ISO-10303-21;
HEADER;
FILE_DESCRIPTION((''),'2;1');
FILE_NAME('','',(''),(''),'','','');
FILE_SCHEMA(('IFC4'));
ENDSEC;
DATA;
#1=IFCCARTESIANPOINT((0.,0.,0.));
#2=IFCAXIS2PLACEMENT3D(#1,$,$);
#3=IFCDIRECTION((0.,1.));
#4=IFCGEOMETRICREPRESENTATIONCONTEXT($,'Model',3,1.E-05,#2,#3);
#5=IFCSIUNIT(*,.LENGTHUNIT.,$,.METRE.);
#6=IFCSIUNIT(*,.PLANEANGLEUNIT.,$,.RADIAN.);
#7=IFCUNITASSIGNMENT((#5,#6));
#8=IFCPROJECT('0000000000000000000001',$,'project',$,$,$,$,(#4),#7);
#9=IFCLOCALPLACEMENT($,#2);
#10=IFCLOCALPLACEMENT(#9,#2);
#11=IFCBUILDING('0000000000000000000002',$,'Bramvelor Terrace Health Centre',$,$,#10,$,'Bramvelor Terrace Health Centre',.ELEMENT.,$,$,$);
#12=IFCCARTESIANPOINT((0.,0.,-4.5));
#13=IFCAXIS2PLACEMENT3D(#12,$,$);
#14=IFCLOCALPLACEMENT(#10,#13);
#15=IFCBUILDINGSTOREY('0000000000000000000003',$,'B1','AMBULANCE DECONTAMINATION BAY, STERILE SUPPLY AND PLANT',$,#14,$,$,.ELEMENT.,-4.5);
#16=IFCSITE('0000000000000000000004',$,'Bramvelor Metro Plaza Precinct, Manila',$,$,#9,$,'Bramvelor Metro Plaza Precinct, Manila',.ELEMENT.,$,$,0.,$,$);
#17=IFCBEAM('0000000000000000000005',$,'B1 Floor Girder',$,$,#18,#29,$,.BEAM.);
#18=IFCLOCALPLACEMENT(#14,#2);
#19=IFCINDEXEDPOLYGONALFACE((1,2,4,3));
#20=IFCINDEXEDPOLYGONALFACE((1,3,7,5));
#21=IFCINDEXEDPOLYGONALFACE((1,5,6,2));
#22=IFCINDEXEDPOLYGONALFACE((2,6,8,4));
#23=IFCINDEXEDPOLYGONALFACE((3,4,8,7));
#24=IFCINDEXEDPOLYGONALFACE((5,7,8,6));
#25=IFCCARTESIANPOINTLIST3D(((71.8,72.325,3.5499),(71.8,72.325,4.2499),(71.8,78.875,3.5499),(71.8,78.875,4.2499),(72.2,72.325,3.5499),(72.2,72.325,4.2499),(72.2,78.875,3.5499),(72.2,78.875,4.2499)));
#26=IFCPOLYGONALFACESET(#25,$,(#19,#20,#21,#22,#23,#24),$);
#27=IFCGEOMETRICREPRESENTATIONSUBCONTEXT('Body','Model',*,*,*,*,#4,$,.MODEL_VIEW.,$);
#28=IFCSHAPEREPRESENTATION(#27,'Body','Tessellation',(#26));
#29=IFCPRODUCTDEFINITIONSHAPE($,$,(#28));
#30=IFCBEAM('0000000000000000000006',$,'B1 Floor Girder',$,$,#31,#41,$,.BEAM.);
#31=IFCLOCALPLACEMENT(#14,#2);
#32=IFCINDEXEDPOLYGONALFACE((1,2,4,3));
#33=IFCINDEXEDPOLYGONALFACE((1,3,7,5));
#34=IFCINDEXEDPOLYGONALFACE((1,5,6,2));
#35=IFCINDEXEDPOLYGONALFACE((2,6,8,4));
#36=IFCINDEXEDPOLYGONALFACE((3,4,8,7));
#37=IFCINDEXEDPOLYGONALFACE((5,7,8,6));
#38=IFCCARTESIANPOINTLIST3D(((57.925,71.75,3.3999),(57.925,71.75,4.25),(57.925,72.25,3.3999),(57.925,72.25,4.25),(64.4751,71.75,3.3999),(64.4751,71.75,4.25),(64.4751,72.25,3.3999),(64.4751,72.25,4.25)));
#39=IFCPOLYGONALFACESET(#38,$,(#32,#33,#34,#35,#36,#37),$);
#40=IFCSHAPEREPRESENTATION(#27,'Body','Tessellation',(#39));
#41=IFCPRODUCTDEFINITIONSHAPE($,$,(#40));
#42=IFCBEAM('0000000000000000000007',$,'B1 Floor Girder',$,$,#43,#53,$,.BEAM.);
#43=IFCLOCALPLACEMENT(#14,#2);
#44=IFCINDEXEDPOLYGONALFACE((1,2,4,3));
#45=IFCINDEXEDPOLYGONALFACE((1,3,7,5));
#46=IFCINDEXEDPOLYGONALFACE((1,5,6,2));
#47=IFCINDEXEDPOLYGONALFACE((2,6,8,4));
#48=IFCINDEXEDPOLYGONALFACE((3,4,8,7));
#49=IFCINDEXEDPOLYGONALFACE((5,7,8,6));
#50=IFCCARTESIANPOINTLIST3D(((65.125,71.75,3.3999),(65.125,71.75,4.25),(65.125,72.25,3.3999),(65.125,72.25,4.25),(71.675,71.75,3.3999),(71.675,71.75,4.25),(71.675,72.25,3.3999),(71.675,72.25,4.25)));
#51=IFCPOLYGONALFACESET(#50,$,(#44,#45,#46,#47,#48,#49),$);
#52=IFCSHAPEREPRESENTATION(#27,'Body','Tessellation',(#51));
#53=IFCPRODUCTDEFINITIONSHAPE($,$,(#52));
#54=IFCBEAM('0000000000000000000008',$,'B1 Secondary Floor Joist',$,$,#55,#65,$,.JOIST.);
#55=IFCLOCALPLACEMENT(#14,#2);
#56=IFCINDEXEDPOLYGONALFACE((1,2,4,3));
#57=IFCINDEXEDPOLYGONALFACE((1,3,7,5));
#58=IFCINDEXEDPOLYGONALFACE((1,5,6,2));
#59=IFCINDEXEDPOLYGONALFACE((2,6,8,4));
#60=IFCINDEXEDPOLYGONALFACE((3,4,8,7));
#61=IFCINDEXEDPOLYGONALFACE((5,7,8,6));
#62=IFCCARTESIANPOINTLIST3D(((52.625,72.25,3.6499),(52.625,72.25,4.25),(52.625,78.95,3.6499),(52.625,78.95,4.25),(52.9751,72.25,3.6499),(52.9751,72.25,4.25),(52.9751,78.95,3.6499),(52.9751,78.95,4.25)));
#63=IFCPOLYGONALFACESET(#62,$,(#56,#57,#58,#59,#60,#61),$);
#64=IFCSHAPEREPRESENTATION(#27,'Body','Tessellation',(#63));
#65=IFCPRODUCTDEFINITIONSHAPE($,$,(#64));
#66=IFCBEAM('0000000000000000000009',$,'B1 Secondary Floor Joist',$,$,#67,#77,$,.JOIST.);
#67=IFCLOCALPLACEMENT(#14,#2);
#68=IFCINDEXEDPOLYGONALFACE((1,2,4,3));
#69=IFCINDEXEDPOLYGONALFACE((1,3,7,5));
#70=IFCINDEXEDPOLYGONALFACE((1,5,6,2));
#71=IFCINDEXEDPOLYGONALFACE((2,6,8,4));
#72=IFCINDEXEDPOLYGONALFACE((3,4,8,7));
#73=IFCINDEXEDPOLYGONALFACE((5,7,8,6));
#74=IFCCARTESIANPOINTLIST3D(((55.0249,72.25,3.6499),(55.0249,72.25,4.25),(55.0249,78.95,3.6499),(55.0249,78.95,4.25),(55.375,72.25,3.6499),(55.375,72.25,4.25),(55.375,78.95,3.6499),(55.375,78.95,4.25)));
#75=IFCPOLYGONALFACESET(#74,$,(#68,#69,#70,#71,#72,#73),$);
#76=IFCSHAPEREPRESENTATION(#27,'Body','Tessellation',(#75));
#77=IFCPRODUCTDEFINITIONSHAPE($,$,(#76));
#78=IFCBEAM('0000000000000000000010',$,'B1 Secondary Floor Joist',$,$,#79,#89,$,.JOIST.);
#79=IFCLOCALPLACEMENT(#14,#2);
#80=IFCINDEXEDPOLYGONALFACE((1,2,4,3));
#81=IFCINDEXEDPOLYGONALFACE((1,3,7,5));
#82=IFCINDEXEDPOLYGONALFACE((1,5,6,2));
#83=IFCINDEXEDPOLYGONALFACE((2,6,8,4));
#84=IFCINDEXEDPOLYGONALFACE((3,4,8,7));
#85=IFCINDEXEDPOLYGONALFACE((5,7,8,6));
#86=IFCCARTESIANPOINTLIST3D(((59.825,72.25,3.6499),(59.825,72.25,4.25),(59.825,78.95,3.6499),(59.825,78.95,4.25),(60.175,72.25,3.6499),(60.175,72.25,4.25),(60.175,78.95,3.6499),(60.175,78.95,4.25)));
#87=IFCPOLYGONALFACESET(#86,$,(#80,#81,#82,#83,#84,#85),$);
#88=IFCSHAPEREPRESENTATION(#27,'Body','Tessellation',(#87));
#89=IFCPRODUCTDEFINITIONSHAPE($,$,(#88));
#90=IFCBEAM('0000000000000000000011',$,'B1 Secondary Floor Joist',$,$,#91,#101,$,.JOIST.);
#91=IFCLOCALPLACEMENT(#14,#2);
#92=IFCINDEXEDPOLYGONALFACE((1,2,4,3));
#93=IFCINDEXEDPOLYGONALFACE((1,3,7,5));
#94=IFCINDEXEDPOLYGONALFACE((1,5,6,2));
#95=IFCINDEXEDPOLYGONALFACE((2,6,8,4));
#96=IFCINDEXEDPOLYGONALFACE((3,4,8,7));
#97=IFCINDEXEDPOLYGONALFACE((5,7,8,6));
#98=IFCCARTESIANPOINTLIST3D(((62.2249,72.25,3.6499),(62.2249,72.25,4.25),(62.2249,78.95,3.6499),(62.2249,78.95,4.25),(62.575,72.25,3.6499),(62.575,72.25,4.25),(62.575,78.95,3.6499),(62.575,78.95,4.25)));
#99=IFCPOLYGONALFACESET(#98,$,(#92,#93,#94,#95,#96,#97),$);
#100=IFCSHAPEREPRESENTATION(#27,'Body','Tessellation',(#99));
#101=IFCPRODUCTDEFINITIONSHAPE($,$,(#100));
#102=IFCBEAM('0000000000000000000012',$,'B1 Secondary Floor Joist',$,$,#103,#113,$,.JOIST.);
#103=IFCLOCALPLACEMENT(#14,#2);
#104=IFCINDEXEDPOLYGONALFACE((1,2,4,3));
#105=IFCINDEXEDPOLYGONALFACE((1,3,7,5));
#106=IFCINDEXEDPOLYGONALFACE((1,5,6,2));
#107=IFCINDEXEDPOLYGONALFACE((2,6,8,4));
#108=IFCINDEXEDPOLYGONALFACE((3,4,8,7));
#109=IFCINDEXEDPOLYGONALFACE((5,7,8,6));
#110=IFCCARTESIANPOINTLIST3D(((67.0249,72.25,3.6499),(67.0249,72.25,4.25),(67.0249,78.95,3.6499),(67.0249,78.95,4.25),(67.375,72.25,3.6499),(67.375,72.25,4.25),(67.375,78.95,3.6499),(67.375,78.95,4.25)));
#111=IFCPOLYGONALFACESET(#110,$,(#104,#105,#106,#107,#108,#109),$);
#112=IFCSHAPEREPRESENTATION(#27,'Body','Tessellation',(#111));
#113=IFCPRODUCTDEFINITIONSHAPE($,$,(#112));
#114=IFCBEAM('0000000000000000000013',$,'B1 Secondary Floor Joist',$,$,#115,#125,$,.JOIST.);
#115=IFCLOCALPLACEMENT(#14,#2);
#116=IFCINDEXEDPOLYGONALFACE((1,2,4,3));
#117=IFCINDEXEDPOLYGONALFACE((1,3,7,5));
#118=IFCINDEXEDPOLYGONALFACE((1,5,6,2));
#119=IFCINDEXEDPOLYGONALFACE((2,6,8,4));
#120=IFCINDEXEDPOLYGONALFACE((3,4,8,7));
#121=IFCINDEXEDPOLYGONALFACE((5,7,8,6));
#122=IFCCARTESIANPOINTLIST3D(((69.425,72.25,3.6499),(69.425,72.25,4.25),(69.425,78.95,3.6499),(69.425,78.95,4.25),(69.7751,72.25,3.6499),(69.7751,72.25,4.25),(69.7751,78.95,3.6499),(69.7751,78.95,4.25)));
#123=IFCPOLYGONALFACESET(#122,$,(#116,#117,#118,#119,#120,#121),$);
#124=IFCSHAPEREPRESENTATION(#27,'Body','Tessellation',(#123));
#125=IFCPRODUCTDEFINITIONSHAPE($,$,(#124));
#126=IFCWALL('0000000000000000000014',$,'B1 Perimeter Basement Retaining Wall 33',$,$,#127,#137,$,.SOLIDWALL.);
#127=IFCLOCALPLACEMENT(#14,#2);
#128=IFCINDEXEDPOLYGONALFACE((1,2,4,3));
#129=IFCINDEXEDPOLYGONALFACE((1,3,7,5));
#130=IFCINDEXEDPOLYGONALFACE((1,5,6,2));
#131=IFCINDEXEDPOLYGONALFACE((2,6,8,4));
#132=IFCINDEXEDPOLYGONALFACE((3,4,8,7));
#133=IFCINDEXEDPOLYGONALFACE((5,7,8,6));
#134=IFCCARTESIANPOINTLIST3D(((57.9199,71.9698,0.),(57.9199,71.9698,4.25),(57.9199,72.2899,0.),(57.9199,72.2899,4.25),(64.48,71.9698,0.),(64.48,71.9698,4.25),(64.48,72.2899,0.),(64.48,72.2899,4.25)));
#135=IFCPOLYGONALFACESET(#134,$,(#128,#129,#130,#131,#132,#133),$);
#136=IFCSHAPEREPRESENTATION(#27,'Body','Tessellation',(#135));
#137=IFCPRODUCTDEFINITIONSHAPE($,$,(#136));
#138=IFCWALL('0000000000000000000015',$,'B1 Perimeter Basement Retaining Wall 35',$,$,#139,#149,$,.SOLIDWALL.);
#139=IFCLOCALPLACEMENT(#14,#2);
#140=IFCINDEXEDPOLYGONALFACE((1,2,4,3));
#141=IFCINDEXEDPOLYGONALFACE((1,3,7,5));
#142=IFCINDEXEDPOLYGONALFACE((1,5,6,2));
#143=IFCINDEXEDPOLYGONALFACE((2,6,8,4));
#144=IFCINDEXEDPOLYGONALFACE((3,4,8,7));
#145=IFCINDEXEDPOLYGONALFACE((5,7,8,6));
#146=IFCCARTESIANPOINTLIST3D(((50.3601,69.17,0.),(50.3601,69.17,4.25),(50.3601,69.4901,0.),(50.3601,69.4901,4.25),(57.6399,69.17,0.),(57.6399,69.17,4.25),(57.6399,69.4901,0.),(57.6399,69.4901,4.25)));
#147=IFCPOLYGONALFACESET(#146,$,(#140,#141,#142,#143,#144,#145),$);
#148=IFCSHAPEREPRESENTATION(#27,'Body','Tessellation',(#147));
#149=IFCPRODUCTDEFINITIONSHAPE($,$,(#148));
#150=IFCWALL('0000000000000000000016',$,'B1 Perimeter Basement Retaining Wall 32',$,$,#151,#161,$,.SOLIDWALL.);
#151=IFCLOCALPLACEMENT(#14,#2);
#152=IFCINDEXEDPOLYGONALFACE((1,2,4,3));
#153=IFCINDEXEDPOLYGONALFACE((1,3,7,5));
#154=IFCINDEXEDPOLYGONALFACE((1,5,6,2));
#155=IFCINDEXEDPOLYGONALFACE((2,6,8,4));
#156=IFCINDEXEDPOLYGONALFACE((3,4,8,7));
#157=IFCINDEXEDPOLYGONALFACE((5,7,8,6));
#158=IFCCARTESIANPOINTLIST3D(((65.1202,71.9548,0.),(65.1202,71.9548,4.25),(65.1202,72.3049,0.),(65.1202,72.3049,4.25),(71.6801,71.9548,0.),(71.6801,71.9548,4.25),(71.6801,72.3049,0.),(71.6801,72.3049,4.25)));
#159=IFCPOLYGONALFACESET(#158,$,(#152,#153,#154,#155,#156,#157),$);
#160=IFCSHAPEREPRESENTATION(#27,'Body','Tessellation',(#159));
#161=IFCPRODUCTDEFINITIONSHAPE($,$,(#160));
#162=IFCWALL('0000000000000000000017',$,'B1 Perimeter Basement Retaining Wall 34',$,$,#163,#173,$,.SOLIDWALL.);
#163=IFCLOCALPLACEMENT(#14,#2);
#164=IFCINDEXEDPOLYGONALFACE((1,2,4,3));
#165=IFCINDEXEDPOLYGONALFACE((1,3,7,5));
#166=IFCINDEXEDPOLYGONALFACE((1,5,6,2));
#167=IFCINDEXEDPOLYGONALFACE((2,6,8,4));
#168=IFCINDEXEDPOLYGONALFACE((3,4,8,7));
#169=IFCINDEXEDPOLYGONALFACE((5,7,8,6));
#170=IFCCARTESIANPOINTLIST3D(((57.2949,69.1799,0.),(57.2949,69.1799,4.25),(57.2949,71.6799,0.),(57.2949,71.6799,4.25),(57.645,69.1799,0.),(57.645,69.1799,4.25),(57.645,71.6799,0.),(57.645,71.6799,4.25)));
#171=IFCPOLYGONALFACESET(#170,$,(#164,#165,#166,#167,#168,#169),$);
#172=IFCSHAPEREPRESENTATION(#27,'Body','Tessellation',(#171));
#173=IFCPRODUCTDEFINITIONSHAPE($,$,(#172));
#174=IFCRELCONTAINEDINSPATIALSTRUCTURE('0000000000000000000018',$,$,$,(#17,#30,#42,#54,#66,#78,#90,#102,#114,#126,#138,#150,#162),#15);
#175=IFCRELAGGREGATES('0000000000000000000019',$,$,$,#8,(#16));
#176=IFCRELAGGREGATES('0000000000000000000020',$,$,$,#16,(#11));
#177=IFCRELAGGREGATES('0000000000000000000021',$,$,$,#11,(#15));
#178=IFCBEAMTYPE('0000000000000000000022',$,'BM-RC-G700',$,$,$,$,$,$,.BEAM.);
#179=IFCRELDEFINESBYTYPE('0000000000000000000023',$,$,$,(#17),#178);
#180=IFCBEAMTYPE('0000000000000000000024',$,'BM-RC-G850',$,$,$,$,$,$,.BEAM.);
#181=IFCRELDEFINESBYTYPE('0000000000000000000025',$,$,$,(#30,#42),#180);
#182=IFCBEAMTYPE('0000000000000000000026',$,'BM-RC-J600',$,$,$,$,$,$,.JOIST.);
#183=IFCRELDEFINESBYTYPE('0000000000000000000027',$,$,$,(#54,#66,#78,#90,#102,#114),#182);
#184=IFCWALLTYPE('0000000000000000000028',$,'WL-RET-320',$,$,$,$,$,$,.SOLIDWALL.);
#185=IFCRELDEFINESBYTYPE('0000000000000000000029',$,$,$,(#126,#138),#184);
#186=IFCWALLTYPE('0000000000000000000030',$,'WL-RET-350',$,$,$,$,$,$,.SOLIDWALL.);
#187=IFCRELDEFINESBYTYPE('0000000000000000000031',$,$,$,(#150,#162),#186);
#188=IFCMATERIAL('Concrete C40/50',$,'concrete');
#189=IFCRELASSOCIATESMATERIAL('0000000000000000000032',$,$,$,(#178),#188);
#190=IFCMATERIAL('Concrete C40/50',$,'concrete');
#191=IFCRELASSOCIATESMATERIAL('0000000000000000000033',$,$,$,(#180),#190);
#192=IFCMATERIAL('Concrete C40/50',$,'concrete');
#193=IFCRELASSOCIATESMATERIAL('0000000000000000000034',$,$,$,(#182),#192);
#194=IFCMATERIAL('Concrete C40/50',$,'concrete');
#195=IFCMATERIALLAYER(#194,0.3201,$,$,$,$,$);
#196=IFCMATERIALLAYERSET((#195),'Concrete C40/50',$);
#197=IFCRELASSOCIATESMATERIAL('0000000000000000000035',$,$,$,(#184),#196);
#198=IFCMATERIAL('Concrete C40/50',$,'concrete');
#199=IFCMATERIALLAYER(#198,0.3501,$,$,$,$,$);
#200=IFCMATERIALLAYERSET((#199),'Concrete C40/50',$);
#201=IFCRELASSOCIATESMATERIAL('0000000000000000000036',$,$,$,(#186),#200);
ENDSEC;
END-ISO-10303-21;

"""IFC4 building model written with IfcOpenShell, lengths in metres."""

from ifc_helpers import new_model, si_unit, direction, frame, frame_2d, origin, origin_2d, place, context, subcontext, project, spatial, rectangle, extrude, material, layer, layer_set, material_profile, profile_set, type_object, element, save


model = new_model("IFC4")

# Units and contexts
model_context = context("Model", 3, precision=1e-05, world=origin(), true_north=direction((0.0, 1.0)))
body_context = subcontext(model_context, "Body", "Model", "MODEL_VIEW")
ifc_project = project(units=[si_unit("LENGTHUNIT", "METRE"), si_unit("PLANEANGLEUNIT", "RADIAN")], contexts=[model_context])

# Site, building, storey
site_placement = place(None, origin())
site = spatial("IfcSite", under=ifc_project, at=site_placement, Name="Bramvelor Metro Plaza Precinct, Manila", LongName="Bramvelor Metro Plaza Precinct, Manila", CompositionType="ELEMENT", RefElevation=0.0)
building_placement = place(site_placement, origin())
building = spatial("IfcBuilding", under=site, at=building_placement, Name="Bramvelor Terrace Health Centre", LongName="Bramvelor Terrace Health Centre", CompositionType="ELEMENT")
storey_placement = place(building_placement, frame((0.0, 0.0, -4.5)))
storey = spatial("IfcBuildingStorey", under=building, at=storey_placement, Name="B1", Description="AMBULANCE DECONTAMINATION BAY, STERILE SUPPLY AND PLANT", CompositionType="ELEMENT", Elevation=-4.5)

# Beams
ifc_material_1 = material(Name="Concrete C40/50", Category="concrete")
ifc_material_profile_1 = material_profile(ifc_material_1, rectangle(XDim=0.3999, YDim=0.7, at=origin_2d()), Name="RC 400x700")
ifc_profile_set_1 = profile_set([ifc_material_profile_1], Name="Concrete C40/50")
beam_type_1 = type_object("IfcBeamType", Name="BM-RC-G700", PredefinedType="BEAM", material=ifc_profile_set_1)
for number, where, z_axis, x_axis, name in (
    (1, (72.0, 72.325, 3.8999), (0.0, 1.0, 0.0), (-1.0, 0.0, 0.0), "B1 Floor Girder"),
):
    element("IfcBeam", number, at=place(storey_placement, frame(where, z_axis=z_axis, x_axis=x_axis)), inside=storey, type_object=beam_type_1, Name=name, PredefinedType="BEAM", context=body_context, shape_type="SweptSolid", body=[
        extrude(rectangle(XDim=0.3999, YDim=0.7, at=origin_2d()), origin(), (0.0, 0.0, 1.0), 6.55),
    ])
ifc_material_2 = material(Name="Concrete C40/50", Category="concrete")
ifc_material_profile_2 = material_profile(ifc_material_2, rectangle(XDim=0.5, YDim=0.8501, at=origin_2d()), Name="RC 500x850")
ifc_profile_set_2 = profile_set([ifc_material_profile_2], Name="Concrete C40/50")
beam_type_2 = type_object("IfcBeamType", Name="BM-RC-G850", PredefinedType="BEAM", material=ifc_profile_set_2)
for number, where, z_axis, x_axis, name in (
    (2, (57.925, 72.0, 3.825), (1.0, 0.0, 0.0), (0.0, 1.0, 0.0), "B1 Floor Girder"),
    (3, (65.125, 72.0, 3.825), (1.0, 0.0, 0.0), (0.0, 1.0, 0.0), "B1 Floor Girder"),
):
    element("IfcBeam", number, at=place(storey_placement, frame(where, z_axis=z_axis, x_axis=x_axis)), inside=storey, type_object=beam_type_2, Name=name, PredefinedType="BEAM", context=body_context, shape_type="SweptSolid", body=[
        extrude(rectangle(XDim=0.5, YDim=0.8501, at=origin_2d()), origin(), (0.0, 0.0, 1.0), 6.55),
    ])
ifc_material_3 = material(Name="Concrete C40/50", Category="concrete")
ifc_material_profile_3 = material_profile(ifc_material_3, rectangle(XDim=0.3501, YDim=0.6001, at=origin_2d()), Name="RC 350x600")
ifc_profile_set_3 = profile_set([ifc_material_profile_3], Name="Concrete C40/50")
beam_type_3 = type_object("IfcBeamType", Name="BM-RC-J600", PredefinedType="JOIST", material=ifc_profile_set_3)
for number, where, z_axis, x_axis, name in (
    (4, (52.8, 72.25, 3.95), (0.0, 1.0, 0.0), (-1.0, 0.0, 0.0), "B1 Secondary Floor Joist"),
    (5, (55.2, 72.25, 3.95), (0.0, 1.0, 0.0), (-1.0, 0.0, 0.0), "B1 Secondary Floor Joist"),
    (6, (60.0, 72.25, 3.95), (0.0, 1.0, 0.0), (-1.0, 0.0, 0.0), "B1 Secondary Floor Joist"),
    (7, (62.3999, 72.25, 3.95), (0.0, 1.0, 0.0), (-1.0, 0.0, 0.0), "B1 Secondary Floor Joist"),
    (8, (67.2, 72.25, 3.95), (0.0, 1.0, 0.0), (-1.0, 0.0, 0.0), "B1 Secondary Floor Joist"),
    (9, (69.6001, 72.25, 3.95), (0.0, 1.0, 0.0), (-1.0, 0.0, 0.0), "B1 Secondary Floor Joist"),
):
    element("IfcBeam", number, at=place(storey_placement, frame(where, z_axis=z_axis, x_axis=x_axis)), inside=storey, type_object=beam_type_3, Name=name, PredefinedType="JOIST", context=body_context, shape_type="SweptSolid", body=[
        extrude(rectangle(XDim=0.3501, YDim=0.6001, at=origin_2d()), origin(), (0.0, 0.0, 1.0), 6.7),
    ])

# Walls
ifc_material_4 = material(Name="Concrete C40/50", Category="concrete")
ifc_layer_1 = layer(ifc_material_4, 0.3201)
ifc_layer_set_1 = layer_set([ifc_layer_1], Name="Concrete C40/50")
wall_type_1 = type_object("IfcWallType", Name="WL-RET-320", PredefinedType="SOLIDWALL", material=ifc_layer_set_1)
wall_1_placement = place(storey_placement, frame((64.48, 72.1299, 0.0), z_axis=(0.0, 0.0, 1.0), x_axis=(-1.0, 0.0, 0.0)))
element("IfcWall", 10, at=wall_1_placement, inside=storey, type_object=wall_type_1, Name="B1 Perimeter Basement Retaining Wall 33", PredefinedType="SOLIDWALL", context=body_context, shape_type="SweptSolid", body=[
    extrude(rectangle(XDim=6.5601, YDim=0.3201, at=frame_2d((3.28, 0.0))), origin(), (0.0, 0.0, 1.0), 4.25),
])
wall_2_placement = place(storey_placement, frame((57.6399, 69.3301, 0.0), z_axis=(0.0, 0.0, 1.0), x_axis=(-1.0, 0.0, 0.0)))
element("IfcWall", 11, at=wall_2_placement, inside=storey, type_object=wall_type_1, Name="B1 Perimeter Basement Retaining Wall 35", PredefinedType="SOLIDWALL", context=body_context, shape_type="SweptSolid", body=[
    extrude(rectangle(XDim=7.2798, YDim=0.3201, at=frame_2d((3.6399, 0.0))), origin(), (0.0, 0.0, 1.0), 4.25),
])
ifc_material_5 = material(Name="Concrete C40/50", Category="concrete")
ifc_layer_2 = layer(ifc_material_5, 0.3501)
ifc_layer_set_2 = layer_set([ifc_layer_2], Name="Concrete C40/50")
wall_type_2 = type_object("IfcWallType", Name="WL-RET-350", PredefinedType="SOLIDWALL", material=ifc_layer_set_2)
wall_3_placement = place(storey_placement, frame((71.6799, 72.1299, 0.0), z_axis=(0.0, 0.0, 1.0), x_axis=(-1.0, 0.0, 0.0)))
element("IfcWall", 12, at=wall_3_placement, inside=storey, type_object=wall_type_2, Name="B1 Perimeter Basement Retaining Wall 32", PredefinedType="SOLIDWALL", context=body_context, shape_type="SweptSolid", body=[
    extrude(rectangle(XDim=6.5598, YDim=0.3501, at=frame_2d((3.2798, 0.0))), origin(), (0.0, 0.0, 1.0), 4.25),
])
wall_4_placement = place(storey_placement, frame((57.47, 71.6799, 0.0), z_axis=(0.0, 0.0, 1.0), x_axis=(0.0, -1.0, 0.0)))
element("IfcWall", 13, at=wall_4_placement, inside=storey, type_object=wall_type_2, Name="B1 Perimeter Basement Retaining Wall 34", PredefinedType="SOLIDWALL", context=body_context, shape_type="SweptSolid", body=[
    extrude(rectangle(XDim=2.5, YDim=0.3501, at=frame_2d((1.25, 0.0))), origin(), (0.0, 0.0, 1.0), 4.25),
])

save(model, "model.ifc")
